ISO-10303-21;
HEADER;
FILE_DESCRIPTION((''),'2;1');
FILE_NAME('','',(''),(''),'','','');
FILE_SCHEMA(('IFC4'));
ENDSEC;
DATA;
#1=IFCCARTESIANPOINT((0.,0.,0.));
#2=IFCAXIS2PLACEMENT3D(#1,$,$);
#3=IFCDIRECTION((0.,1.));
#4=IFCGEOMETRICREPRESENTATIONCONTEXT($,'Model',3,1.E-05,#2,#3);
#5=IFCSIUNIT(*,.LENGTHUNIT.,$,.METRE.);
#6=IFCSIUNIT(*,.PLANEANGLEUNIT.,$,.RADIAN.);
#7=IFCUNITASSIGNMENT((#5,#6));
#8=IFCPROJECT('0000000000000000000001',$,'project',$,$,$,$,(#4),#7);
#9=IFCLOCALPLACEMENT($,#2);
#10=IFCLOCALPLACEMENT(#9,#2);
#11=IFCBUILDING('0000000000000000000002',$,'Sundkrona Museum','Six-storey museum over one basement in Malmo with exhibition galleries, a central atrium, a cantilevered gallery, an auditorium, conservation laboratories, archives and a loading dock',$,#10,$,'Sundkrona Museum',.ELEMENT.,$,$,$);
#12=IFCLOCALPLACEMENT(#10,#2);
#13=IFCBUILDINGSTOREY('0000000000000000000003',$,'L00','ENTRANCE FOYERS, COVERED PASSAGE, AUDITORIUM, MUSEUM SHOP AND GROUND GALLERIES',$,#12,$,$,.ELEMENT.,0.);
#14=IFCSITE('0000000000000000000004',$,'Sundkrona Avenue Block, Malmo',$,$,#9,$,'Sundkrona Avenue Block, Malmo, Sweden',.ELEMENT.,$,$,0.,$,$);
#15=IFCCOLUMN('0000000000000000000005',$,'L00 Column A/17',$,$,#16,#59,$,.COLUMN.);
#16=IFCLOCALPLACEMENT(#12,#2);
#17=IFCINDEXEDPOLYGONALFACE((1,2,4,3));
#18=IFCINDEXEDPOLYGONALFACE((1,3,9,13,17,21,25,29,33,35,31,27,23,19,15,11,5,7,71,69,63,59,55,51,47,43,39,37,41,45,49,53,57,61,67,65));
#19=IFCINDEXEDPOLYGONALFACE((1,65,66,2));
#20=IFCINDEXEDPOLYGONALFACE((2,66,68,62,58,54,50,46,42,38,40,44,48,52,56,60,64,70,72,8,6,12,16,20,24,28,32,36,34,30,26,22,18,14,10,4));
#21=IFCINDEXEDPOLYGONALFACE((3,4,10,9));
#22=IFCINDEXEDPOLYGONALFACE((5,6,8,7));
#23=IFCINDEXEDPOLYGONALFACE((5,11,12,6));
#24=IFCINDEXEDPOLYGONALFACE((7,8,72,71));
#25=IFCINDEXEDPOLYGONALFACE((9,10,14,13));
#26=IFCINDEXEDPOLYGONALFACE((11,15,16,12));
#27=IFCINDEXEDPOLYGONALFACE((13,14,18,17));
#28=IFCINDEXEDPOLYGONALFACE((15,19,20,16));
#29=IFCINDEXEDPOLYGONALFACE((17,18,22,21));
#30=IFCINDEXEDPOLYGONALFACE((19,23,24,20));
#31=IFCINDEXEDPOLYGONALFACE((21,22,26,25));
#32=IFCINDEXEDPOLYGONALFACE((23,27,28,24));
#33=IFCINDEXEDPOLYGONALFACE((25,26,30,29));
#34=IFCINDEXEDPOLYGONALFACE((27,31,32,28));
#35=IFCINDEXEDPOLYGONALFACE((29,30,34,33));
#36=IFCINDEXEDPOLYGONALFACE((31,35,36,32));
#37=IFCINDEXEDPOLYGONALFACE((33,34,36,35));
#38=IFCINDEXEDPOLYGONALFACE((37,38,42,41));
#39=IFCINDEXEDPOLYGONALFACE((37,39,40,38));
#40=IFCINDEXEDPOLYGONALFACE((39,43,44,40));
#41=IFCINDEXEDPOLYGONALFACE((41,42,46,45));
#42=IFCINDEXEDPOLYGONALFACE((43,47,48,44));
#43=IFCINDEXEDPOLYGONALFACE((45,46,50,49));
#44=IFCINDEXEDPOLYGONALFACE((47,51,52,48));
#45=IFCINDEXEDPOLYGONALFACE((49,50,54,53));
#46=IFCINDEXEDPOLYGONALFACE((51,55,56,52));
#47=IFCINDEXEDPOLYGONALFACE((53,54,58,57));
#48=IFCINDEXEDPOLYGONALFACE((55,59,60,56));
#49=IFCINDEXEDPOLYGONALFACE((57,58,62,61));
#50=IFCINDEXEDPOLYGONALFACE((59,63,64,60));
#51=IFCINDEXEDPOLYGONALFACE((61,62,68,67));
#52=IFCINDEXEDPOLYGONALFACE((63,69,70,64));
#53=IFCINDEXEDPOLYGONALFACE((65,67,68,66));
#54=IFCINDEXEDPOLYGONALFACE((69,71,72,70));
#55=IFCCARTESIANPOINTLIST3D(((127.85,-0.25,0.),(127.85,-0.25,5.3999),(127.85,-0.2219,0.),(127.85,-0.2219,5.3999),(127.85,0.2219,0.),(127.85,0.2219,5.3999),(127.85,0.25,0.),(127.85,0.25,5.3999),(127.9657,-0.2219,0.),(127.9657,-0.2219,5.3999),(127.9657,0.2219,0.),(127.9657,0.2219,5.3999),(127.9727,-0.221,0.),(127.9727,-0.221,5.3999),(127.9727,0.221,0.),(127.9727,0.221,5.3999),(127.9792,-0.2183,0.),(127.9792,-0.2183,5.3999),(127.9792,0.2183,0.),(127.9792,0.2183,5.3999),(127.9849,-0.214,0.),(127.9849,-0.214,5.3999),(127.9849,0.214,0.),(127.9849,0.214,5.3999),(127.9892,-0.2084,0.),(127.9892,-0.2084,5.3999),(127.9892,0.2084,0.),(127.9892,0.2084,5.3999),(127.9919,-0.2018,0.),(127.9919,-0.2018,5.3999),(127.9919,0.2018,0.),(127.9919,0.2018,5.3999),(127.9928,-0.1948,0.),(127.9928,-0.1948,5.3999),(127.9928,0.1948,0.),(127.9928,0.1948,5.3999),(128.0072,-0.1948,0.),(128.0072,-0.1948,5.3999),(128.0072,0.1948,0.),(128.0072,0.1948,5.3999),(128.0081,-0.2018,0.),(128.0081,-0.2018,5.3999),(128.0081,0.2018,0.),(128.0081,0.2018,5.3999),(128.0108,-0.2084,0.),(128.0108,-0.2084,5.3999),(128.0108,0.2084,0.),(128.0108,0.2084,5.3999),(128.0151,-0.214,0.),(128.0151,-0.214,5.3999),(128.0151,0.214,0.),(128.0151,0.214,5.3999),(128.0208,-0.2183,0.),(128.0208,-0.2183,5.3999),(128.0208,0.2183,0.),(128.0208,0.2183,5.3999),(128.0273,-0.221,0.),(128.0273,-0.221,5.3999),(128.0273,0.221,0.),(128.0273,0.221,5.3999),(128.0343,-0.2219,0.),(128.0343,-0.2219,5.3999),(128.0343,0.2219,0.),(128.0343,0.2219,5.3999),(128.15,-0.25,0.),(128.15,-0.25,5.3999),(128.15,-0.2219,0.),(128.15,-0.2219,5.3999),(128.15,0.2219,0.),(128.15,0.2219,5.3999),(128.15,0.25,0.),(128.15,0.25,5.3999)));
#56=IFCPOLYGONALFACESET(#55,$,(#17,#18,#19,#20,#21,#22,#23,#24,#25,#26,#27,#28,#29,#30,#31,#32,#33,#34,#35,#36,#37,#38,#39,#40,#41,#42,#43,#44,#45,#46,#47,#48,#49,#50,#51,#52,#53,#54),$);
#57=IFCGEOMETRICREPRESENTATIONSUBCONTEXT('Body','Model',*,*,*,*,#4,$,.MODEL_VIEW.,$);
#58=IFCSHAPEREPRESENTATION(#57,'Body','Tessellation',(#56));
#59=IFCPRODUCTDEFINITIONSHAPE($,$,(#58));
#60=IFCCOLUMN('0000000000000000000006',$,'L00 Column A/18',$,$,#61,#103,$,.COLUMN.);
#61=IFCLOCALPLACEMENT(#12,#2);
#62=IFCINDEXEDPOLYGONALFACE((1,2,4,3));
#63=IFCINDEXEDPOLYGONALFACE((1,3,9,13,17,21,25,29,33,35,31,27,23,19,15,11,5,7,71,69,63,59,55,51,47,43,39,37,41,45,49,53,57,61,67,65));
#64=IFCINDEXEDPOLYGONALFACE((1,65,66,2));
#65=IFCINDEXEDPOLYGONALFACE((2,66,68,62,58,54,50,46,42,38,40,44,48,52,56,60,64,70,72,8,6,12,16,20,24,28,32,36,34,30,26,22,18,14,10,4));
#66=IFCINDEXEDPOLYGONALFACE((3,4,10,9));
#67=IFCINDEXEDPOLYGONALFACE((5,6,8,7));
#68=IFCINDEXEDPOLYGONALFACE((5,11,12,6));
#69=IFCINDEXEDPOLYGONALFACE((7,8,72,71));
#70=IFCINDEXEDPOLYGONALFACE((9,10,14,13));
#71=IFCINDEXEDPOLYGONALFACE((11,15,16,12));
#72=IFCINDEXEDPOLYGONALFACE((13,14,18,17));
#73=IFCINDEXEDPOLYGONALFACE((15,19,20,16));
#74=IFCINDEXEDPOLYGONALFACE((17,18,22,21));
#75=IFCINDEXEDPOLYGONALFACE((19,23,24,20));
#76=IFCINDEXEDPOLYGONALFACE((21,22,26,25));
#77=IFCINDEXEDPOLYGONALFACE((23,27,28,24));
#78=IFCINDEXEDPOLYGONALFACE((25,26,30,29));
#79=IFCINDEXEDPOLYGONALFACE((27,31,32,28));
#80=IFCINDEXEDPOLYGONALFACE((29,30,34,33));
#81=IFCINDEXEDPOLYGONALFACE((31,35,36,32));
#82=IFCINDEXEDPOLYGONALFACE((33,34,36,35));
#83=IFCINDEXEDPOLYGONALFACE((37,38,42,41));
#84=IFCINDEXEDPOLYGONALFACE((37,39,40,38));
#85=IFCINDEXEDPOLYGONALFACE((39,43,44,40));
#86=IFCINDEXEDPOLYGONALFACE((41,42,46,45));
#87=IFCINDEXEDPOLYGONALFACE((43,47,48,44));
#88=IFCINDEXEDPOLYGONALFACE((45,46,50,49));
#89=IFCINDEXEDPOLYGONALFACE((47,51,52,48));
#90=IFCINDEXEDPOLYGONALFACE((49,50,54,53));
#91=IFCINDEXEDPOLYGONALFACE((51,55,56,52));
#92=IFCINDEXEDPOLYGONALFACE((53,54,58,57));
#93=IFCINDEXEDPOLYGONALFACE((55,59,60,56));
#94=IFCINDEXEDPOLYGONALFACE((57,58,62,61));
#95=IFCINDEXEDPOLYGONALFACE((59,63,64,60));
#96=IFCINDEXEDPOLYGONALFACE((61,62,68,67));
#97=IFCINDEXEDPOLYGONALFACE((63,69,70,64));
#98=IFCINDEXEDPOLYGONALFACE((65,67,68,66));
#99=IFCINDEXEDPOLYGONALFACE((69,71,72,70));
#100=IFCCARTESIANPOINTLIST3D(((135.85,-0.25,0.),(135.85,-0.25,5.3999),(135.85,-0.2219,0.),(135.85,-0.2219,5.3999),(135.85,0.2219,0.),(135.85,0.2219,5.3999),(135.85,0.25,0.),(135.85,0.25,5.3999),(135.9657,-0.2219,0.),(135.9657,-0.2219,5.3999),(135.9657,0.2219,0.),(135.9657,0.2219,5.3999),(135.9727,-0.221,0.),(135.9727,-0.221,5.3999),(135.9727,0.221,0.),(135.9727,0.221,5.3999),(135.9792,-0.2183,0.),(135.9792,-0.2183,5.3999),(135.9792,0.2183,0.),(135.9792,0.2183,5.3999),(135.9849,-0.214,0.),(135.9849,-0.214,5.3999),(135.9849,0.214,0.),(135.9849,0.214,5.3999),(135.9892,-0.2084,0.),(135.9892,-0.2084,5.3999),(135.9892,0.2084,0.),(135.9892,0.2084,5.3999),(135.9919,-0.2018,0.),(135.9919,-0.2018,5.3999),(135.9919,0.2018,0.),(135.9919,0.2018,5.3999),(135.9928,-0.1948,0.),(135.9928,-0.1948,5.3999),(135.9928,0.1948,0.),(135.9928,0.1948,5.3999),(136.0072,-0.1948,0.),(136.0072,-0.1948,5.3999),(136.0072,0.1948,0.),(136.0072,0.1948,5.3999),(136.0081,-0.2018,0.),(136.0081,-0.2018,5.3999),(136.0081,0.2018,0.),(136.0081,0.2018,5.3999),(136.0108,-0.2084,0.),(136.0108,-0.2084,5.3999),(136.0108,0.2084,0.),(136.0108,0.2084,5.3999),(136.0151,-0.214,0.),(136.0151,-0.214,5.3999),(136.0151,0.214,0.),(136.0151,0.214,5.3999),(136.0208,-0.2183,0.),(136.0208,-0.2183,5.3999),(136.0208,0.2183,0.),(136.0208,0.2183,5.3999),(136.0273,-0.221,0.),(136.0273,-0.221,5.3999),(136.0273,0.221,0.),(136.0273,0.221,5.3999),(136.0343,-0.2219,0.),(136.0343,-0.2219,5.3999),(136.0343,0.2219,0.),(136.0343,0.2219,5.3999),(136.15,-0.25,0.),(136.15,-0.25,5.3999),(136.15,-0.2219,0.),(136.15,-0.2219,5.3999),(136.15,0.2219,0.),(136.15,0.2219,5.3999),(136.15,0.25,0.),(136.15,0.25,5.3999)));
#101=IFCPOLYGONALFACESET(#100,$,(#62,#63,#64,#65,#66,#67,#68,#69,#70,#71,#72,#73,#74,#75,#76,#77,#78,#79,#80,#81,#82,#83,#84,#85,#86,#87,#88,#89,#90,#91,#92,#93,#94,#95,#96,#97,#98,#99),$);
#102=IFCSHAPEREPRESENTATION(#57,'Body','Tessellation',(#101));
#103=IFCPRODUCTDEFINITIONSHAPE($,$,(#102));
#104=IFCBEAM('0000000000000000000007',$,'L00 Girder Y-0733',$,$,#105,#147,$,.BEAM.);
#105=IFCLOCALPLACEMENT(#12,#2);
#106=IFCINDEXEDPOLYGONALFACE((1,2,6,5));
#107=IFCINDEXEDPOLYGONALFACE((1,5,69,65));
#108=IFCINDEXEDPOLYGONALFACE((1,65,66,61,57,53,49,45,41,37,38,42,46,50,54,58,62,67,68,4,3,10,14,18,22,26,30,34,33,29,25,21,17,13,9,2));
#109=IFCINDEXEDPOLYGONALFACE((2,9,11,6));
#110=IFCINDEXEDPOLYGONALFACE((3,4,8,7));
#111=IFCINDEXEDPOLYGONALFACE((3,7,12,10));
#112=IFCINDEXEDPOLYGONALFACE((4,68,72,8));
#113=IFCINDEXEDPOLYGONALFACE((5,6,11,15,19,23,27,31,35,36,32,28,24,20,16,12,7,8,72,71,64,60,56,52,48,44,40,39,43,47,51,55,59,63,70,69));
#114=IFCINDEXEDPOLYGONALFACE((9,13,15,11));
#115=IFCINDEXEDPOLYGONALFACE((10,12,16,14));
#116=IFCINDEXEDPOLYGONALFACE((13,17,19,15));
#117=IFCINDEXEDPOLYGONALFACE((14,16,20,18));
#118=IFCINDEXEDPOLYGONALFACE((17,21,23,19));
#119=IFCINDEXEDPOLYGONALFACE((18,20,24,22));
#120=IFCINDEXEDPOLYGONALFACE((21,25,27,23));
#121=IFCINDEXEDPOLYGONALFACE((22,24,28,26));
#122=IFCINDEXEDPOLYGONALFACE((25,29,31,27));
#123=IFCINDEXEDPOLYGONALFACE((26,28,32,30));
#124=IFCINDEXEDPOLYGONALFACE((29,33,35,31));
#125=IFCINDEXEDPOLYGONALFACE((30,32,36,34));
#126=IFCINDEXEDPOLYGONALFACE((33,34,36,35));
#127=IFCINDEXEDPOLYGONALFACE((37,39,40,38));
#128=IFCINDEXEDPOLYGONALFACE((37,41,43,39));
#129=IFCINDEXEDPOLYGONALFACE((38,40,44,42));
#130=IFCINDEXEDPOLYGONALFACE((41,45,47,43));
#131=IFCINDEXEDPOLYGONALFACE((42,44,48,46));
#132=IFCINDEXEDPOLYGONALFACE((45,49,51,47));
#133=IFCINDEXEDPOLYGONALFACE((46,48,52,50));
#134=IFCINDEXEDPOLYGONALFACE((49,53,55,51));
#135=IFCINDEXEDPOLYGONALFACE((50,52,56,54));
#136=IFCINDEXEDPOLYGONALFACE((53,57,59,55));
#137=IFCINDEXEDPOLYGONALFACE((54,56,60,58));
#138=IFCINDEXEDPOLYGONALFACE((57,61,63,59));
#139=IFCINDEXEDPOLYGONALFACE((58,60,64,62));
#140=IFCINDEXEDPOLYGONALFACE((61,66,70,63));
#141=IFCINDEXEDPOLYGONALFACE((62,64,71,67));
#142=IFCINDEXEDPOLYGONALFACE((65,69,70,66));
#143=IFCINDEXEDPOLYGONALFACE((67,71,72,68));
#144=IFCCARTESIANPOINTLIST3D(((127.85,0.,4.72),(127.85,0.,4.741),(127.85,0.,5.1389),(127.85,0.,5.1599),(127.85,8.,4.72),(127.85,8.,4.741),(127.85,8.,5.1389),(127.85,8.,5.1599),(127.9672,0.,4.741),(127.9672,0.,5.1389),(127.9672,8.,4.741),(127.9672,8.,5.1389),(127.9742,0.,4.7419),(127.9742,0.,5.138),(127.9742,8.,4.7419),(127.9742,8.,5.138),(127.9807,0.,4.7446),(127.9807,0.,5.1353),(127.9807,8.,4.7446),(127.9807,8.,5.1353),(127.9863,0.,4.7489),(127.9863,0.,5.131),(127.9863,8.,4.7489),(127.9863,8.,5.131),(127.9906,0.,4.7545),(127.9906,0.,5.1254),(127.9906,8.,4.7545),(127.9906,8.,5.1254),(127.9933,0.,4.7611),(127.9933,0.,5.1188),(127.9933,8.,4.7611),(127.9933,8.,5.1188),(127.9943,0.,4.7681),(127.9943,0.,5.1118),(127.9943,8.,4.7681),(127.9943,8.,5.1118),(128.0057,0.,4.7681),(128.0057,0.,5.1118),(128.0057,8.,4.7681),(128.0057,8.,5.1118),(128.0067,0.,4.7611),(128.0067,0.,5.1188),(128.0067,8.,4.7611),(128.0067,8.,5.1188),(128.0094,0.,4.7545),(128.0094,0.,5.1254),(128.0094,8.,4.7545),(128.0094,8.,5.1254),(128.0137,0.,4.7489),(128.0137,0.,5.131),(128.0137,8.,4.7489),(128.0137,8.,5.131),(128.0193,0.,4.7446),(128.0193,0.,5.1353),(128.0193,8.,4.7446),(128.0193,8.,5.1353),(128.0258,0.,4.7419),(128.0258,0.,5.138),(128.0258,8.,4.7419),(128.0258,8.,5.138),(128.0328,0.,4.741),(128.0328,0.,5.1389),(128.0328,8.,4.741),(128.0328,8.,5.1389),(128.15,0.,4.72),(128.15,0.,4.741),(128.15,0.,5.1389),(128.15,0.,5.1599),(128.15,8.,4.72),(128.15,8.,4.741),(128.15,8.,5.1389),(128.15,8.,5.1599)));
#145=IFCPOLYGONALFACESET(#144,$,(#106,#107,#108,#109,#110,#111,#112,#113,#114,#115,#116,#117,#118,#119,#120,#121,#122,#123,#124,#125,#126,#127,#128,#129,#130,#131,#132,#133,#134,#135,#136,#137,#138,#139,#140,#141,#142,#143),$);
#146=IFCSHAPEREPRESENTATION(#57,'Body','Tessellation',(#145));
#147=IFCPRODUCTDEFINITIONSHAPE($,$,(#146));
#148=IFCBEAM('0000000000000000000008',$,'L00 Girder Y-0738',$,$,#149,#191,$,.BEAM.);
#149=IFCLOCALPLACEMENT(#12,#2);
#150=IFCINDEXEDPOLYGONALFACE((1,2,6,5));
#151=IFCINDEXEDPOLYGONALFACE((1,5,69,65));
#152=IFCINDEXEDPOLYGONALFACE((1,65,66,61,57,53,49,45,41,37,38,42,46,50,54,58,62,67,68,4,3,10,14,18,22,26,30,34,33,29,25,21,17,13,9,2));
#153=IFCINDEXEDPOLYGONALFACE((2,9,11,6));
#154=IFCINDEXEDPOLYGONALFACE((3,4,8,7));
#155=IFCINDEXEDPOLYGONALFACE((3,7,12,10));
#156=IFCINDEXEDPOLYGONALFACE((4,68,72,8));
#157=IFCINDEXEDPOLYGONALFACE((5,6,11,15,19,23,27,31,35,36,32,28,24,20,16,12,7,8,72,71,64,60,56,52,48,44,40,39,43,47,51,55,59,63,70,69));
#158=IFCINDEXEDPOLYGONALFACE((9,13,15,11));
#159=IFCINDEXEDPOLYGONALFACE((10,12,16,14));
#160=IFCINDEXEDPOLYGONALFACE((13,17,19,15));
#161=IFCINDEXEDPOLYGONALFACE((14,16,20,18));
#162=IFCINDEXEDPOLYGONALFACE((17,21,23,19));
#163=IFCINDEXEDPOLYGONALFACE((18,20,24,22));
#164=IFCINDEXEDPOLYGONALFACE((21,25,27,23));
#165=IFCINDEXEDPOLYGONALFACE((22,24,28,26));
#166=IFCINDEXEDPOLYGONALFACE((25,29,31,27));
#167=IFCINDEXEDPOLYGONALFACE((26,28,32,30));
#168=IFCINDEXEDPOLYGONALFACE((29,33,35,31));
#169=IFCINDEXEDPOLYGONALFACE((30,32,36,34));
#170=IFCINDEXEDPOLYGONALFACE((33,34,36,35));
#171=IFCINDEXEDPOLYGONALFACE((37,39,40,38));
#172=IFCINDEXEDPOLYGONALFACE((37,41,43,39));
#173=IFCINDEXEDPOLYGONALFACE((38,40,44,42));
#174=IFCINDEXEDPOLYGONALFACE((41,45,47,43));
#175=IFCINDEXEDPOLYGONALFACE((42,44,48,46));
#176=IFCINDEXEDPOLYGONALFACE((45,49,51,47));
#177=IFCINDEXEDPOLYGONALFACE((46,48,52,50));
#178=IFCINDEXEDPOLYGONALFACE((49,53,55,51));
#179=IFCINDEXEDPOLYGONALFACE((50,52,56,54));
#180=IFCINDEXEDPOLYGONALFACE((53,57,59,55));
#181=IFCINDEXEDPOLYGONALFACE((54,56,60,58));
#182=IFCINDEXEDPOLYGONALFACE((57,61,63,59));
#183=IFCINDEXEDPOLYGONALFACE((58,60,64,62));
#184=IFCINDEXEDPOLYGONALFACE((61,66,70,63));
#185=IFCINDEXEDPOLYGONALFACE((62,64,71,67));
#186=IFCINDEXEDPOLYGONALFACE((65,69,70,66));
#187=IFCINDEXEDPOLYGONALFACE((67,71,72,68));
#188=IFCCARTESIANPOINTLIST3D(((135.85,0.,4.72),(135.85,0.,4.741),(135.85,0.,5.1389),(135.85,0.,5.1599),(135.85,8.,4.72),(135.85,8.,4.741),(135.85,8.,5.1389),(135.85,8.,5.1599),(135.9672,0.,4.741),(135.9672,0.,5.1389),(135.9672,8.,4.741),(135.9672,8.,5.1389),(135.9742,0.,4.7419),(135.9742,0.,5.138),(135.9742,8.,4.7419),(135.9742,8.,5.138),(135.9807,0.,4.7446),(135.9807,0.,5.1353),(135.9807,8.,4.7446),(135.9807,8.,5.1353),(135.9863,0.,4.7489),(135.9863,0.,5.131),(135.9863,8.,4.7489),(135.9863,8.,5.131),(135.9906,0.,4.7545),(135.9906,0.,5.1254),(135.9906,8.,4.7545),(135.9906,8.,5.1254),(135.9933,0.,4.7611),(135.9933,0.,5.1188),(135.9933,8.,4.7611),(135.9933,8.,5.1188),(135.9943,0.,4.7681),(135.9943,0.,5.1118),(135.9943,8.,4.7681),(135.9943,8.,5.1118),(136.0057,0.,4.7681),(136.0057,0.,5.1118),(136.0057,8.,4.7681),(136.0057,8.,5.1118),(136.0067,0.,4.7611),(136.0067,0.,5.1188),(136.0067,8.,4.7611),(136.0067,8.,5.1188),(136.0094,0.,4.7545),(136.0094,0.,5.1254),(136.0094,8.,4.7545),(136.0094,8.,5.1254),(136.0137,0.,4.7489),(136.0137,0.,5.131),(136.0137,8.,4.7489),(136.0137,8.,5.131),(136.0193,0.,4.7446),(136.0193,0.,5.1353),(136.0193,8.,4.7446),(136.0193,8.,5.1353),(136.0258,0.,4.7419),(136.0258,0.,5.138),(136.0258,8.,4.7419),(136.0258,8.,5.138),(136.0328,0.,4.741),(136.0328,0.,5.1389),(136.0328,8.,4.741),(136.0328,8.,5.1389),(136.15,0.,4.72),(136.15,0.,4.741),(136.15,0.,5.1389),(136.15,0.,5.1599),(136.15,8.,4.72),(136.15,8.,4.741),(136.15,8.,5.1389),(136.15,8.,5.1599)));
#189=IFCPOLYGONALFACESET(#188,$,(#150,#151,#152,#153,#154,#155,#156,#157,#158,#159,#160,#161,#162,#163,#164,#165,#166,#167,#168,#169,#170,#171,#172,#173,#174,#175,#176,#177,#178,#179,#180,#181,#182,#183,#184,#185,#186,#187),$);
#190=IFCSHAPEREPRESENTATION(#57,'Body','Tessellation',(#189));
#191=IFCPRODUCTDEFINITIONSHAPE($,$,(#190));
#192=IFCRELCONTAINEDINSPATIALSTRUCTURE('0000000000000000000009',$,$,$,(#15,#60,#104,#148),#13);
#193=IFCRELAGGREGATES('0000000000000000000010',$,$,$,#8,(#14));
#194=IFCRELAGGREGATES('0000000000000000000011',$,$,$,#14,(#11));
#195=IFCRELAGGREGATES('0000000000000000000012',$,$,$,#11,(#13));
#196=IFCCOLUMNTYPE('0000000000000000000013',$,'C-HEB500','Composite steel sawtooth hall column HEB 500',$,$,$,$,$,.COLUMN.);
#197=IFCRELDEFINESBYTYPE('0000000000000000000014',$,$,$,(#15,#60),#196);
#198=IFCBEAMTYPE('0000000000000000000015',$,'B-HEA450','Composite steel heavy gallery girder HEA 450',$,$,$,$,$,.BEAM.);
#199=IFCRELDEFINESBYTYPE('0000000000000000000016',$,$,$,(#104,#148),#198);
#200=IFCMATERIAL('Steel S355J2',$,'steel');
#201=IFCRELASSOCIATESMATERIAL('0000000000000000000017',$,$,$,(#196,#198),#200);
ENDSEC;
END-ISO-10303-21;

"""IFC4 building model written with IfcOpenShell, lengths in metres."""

from ifc_helpers import new_model, si_unit, direction, frame, origin, origin_2d, place, context, subcontext, project, spatial, i_section, extrude, material, material_profile, profile_set, type_object, element, save


model = new_model("IFC4")

# Units and contexts
model_context = context("Model", 3, precision=1e-05, world=origin(), true_north=direction((0.0, 1.0)))
body_context = subcontext(model_context, "Body", "Model", "MODEL_VIEW")
ifc_project = project(units=[si_unit("LENGTHUNIT", "METRE"), si_unit("PLANEANGLEUNIT", "RADIAN")], contexts=[model_context])

# Site, building, storey
site_placement = place(None, origin())
site = spatial("IfcSite", under=ifc_project, at=site_placement, Name="Sundkrona Avenue Block, Malmo", LongName="Sundkrona Avenue Block, Malmo, Sweden", CompositionType="ELEMENT", RefElevation=0.0)
building_placement = place(site_placement, origin())
building = spatial("IfcBuilding", under=site, at=building_placement, Name="Sundkrona Museum", Description="Six-storey museum over one basement in Malmo with exhibition galleries, a central atrium, a cantilevered gallery, an auditorium, conservation laboratories, archives and a loading dock", LongName="Sundkrona Museum", CompositionType="ELEMENT")
storey_placement = place(building_placement, origin())
storey = spatial("IfcBuildingStorey", under=building, at=storey_placement, Name="L00", Description="ENTRANCE FOYERS, COVERED PASSAGE, AUDITORIUM, MUSEUM SHOP AND GROUND GALLERIES", CompositionType="ELEMENT", Elevation=0.0)

# Columns
ifc_material_1 = material(Name="Steel S355J2", Category="steel")
ifc_material_profile_1 = material_profile(ifc_material_1, i_section(OverallWidth=0.3, OverallDepth=0.5, WebThickness=0.0144, FlangeThickness=0.0281, FilletRadius=0.0271, at=origin_2d()), Name="HEB 500")
ifc_profile_set_1 = profile_set([ifc_material_profile_1], Name="Steel S355J2")
column_type = type_object("IfcColumnType", Name="C-HEB500", Description="Composite steel sawtooth hall column HEB 500", PredefinedType="COLUMN", material=ifc_profile_set_1)
for number, where, z_axis, x_axis, name in (
    (1, (128.0, 0.0, 0.0), (0.0, 0.0, 1.0), (1.0, 0.0, 0.0), "L00 Column A/17"),
    (2, (136.0, 0.0, 0.0), (0.0, 0.0, 1.0), (1.0, 0.0, 0.0), "L00 Column A/18"),
):
    element("IfcColumn", number, at=place(storey_placement, frame(where, z_axis=z_axis, x_axis=x_axis)), inside=storey, type_object=column_type, Name=name, PredefinedType="COLUMN", context=body_context, shape_type="SweptSolid", body=[
        extrude(i_section(OverallWidth=0.3, OverallDepth=0.5, WebThickness=0.0144, FlangeThickness=0.0281, FilletRadius=0.0271, at=origin_2d()), origin(), (0.0, 0.0, 1.0), 5.3999),
    ])

# Beams
ifc_material_profile_2 = material_profile(ifc_material_1, i_section(OverallWidth=0.3, OverallDepth=0.4399, WebThickness=0.0115, FlangeThickness=0.021, FilletRadius=0.0271, at=origin_2d()), Name="HEA 450")
ifc_profile_set_2 = profile_set([ifc_material_profile_2], Name="Steel S355J2")
beam_type_1 = type_object("IfcBeamType", Name="B-HEA450", Description="Composite steel heavy gallery girder HEA 450", PredefinedType="BEAM", material=ifc_profile_set_2)
for number, where, z_axis, x_axis, name in (
    (3, (128.0, 0.0, 4.9399), (0.0, 1.0, 0.0), (-1.0, 0.0, 0.0), "L00 Girder Y-0733"),
    (4, (136.0, 0.0, 4.9399), (0.0, 1.0, 0.0), (-1.0, 0.0, 0.0), "L00 Girder Y-0738"),
):
    element("IfcBeam", number, at=place(storey_placement, frame(where, z_axis=z_axis, x_axis=x_axis)), inside=storey, type_object=beam_type_1, Name=name, PredefinedType="BEAM", context=body_context, shape_type="SweptSolid", body=[
        extrude(i_section(OverallWidth=0.3, OverallDepth=0.4399, WebThickness=0.0115, FlangeThickness=0.021, FilletRadius=0.0271, at=origin_2d()), origin(), (0.0, 0.0, 1.0), 8.0),
    ])

save(model, "model.ifc")
